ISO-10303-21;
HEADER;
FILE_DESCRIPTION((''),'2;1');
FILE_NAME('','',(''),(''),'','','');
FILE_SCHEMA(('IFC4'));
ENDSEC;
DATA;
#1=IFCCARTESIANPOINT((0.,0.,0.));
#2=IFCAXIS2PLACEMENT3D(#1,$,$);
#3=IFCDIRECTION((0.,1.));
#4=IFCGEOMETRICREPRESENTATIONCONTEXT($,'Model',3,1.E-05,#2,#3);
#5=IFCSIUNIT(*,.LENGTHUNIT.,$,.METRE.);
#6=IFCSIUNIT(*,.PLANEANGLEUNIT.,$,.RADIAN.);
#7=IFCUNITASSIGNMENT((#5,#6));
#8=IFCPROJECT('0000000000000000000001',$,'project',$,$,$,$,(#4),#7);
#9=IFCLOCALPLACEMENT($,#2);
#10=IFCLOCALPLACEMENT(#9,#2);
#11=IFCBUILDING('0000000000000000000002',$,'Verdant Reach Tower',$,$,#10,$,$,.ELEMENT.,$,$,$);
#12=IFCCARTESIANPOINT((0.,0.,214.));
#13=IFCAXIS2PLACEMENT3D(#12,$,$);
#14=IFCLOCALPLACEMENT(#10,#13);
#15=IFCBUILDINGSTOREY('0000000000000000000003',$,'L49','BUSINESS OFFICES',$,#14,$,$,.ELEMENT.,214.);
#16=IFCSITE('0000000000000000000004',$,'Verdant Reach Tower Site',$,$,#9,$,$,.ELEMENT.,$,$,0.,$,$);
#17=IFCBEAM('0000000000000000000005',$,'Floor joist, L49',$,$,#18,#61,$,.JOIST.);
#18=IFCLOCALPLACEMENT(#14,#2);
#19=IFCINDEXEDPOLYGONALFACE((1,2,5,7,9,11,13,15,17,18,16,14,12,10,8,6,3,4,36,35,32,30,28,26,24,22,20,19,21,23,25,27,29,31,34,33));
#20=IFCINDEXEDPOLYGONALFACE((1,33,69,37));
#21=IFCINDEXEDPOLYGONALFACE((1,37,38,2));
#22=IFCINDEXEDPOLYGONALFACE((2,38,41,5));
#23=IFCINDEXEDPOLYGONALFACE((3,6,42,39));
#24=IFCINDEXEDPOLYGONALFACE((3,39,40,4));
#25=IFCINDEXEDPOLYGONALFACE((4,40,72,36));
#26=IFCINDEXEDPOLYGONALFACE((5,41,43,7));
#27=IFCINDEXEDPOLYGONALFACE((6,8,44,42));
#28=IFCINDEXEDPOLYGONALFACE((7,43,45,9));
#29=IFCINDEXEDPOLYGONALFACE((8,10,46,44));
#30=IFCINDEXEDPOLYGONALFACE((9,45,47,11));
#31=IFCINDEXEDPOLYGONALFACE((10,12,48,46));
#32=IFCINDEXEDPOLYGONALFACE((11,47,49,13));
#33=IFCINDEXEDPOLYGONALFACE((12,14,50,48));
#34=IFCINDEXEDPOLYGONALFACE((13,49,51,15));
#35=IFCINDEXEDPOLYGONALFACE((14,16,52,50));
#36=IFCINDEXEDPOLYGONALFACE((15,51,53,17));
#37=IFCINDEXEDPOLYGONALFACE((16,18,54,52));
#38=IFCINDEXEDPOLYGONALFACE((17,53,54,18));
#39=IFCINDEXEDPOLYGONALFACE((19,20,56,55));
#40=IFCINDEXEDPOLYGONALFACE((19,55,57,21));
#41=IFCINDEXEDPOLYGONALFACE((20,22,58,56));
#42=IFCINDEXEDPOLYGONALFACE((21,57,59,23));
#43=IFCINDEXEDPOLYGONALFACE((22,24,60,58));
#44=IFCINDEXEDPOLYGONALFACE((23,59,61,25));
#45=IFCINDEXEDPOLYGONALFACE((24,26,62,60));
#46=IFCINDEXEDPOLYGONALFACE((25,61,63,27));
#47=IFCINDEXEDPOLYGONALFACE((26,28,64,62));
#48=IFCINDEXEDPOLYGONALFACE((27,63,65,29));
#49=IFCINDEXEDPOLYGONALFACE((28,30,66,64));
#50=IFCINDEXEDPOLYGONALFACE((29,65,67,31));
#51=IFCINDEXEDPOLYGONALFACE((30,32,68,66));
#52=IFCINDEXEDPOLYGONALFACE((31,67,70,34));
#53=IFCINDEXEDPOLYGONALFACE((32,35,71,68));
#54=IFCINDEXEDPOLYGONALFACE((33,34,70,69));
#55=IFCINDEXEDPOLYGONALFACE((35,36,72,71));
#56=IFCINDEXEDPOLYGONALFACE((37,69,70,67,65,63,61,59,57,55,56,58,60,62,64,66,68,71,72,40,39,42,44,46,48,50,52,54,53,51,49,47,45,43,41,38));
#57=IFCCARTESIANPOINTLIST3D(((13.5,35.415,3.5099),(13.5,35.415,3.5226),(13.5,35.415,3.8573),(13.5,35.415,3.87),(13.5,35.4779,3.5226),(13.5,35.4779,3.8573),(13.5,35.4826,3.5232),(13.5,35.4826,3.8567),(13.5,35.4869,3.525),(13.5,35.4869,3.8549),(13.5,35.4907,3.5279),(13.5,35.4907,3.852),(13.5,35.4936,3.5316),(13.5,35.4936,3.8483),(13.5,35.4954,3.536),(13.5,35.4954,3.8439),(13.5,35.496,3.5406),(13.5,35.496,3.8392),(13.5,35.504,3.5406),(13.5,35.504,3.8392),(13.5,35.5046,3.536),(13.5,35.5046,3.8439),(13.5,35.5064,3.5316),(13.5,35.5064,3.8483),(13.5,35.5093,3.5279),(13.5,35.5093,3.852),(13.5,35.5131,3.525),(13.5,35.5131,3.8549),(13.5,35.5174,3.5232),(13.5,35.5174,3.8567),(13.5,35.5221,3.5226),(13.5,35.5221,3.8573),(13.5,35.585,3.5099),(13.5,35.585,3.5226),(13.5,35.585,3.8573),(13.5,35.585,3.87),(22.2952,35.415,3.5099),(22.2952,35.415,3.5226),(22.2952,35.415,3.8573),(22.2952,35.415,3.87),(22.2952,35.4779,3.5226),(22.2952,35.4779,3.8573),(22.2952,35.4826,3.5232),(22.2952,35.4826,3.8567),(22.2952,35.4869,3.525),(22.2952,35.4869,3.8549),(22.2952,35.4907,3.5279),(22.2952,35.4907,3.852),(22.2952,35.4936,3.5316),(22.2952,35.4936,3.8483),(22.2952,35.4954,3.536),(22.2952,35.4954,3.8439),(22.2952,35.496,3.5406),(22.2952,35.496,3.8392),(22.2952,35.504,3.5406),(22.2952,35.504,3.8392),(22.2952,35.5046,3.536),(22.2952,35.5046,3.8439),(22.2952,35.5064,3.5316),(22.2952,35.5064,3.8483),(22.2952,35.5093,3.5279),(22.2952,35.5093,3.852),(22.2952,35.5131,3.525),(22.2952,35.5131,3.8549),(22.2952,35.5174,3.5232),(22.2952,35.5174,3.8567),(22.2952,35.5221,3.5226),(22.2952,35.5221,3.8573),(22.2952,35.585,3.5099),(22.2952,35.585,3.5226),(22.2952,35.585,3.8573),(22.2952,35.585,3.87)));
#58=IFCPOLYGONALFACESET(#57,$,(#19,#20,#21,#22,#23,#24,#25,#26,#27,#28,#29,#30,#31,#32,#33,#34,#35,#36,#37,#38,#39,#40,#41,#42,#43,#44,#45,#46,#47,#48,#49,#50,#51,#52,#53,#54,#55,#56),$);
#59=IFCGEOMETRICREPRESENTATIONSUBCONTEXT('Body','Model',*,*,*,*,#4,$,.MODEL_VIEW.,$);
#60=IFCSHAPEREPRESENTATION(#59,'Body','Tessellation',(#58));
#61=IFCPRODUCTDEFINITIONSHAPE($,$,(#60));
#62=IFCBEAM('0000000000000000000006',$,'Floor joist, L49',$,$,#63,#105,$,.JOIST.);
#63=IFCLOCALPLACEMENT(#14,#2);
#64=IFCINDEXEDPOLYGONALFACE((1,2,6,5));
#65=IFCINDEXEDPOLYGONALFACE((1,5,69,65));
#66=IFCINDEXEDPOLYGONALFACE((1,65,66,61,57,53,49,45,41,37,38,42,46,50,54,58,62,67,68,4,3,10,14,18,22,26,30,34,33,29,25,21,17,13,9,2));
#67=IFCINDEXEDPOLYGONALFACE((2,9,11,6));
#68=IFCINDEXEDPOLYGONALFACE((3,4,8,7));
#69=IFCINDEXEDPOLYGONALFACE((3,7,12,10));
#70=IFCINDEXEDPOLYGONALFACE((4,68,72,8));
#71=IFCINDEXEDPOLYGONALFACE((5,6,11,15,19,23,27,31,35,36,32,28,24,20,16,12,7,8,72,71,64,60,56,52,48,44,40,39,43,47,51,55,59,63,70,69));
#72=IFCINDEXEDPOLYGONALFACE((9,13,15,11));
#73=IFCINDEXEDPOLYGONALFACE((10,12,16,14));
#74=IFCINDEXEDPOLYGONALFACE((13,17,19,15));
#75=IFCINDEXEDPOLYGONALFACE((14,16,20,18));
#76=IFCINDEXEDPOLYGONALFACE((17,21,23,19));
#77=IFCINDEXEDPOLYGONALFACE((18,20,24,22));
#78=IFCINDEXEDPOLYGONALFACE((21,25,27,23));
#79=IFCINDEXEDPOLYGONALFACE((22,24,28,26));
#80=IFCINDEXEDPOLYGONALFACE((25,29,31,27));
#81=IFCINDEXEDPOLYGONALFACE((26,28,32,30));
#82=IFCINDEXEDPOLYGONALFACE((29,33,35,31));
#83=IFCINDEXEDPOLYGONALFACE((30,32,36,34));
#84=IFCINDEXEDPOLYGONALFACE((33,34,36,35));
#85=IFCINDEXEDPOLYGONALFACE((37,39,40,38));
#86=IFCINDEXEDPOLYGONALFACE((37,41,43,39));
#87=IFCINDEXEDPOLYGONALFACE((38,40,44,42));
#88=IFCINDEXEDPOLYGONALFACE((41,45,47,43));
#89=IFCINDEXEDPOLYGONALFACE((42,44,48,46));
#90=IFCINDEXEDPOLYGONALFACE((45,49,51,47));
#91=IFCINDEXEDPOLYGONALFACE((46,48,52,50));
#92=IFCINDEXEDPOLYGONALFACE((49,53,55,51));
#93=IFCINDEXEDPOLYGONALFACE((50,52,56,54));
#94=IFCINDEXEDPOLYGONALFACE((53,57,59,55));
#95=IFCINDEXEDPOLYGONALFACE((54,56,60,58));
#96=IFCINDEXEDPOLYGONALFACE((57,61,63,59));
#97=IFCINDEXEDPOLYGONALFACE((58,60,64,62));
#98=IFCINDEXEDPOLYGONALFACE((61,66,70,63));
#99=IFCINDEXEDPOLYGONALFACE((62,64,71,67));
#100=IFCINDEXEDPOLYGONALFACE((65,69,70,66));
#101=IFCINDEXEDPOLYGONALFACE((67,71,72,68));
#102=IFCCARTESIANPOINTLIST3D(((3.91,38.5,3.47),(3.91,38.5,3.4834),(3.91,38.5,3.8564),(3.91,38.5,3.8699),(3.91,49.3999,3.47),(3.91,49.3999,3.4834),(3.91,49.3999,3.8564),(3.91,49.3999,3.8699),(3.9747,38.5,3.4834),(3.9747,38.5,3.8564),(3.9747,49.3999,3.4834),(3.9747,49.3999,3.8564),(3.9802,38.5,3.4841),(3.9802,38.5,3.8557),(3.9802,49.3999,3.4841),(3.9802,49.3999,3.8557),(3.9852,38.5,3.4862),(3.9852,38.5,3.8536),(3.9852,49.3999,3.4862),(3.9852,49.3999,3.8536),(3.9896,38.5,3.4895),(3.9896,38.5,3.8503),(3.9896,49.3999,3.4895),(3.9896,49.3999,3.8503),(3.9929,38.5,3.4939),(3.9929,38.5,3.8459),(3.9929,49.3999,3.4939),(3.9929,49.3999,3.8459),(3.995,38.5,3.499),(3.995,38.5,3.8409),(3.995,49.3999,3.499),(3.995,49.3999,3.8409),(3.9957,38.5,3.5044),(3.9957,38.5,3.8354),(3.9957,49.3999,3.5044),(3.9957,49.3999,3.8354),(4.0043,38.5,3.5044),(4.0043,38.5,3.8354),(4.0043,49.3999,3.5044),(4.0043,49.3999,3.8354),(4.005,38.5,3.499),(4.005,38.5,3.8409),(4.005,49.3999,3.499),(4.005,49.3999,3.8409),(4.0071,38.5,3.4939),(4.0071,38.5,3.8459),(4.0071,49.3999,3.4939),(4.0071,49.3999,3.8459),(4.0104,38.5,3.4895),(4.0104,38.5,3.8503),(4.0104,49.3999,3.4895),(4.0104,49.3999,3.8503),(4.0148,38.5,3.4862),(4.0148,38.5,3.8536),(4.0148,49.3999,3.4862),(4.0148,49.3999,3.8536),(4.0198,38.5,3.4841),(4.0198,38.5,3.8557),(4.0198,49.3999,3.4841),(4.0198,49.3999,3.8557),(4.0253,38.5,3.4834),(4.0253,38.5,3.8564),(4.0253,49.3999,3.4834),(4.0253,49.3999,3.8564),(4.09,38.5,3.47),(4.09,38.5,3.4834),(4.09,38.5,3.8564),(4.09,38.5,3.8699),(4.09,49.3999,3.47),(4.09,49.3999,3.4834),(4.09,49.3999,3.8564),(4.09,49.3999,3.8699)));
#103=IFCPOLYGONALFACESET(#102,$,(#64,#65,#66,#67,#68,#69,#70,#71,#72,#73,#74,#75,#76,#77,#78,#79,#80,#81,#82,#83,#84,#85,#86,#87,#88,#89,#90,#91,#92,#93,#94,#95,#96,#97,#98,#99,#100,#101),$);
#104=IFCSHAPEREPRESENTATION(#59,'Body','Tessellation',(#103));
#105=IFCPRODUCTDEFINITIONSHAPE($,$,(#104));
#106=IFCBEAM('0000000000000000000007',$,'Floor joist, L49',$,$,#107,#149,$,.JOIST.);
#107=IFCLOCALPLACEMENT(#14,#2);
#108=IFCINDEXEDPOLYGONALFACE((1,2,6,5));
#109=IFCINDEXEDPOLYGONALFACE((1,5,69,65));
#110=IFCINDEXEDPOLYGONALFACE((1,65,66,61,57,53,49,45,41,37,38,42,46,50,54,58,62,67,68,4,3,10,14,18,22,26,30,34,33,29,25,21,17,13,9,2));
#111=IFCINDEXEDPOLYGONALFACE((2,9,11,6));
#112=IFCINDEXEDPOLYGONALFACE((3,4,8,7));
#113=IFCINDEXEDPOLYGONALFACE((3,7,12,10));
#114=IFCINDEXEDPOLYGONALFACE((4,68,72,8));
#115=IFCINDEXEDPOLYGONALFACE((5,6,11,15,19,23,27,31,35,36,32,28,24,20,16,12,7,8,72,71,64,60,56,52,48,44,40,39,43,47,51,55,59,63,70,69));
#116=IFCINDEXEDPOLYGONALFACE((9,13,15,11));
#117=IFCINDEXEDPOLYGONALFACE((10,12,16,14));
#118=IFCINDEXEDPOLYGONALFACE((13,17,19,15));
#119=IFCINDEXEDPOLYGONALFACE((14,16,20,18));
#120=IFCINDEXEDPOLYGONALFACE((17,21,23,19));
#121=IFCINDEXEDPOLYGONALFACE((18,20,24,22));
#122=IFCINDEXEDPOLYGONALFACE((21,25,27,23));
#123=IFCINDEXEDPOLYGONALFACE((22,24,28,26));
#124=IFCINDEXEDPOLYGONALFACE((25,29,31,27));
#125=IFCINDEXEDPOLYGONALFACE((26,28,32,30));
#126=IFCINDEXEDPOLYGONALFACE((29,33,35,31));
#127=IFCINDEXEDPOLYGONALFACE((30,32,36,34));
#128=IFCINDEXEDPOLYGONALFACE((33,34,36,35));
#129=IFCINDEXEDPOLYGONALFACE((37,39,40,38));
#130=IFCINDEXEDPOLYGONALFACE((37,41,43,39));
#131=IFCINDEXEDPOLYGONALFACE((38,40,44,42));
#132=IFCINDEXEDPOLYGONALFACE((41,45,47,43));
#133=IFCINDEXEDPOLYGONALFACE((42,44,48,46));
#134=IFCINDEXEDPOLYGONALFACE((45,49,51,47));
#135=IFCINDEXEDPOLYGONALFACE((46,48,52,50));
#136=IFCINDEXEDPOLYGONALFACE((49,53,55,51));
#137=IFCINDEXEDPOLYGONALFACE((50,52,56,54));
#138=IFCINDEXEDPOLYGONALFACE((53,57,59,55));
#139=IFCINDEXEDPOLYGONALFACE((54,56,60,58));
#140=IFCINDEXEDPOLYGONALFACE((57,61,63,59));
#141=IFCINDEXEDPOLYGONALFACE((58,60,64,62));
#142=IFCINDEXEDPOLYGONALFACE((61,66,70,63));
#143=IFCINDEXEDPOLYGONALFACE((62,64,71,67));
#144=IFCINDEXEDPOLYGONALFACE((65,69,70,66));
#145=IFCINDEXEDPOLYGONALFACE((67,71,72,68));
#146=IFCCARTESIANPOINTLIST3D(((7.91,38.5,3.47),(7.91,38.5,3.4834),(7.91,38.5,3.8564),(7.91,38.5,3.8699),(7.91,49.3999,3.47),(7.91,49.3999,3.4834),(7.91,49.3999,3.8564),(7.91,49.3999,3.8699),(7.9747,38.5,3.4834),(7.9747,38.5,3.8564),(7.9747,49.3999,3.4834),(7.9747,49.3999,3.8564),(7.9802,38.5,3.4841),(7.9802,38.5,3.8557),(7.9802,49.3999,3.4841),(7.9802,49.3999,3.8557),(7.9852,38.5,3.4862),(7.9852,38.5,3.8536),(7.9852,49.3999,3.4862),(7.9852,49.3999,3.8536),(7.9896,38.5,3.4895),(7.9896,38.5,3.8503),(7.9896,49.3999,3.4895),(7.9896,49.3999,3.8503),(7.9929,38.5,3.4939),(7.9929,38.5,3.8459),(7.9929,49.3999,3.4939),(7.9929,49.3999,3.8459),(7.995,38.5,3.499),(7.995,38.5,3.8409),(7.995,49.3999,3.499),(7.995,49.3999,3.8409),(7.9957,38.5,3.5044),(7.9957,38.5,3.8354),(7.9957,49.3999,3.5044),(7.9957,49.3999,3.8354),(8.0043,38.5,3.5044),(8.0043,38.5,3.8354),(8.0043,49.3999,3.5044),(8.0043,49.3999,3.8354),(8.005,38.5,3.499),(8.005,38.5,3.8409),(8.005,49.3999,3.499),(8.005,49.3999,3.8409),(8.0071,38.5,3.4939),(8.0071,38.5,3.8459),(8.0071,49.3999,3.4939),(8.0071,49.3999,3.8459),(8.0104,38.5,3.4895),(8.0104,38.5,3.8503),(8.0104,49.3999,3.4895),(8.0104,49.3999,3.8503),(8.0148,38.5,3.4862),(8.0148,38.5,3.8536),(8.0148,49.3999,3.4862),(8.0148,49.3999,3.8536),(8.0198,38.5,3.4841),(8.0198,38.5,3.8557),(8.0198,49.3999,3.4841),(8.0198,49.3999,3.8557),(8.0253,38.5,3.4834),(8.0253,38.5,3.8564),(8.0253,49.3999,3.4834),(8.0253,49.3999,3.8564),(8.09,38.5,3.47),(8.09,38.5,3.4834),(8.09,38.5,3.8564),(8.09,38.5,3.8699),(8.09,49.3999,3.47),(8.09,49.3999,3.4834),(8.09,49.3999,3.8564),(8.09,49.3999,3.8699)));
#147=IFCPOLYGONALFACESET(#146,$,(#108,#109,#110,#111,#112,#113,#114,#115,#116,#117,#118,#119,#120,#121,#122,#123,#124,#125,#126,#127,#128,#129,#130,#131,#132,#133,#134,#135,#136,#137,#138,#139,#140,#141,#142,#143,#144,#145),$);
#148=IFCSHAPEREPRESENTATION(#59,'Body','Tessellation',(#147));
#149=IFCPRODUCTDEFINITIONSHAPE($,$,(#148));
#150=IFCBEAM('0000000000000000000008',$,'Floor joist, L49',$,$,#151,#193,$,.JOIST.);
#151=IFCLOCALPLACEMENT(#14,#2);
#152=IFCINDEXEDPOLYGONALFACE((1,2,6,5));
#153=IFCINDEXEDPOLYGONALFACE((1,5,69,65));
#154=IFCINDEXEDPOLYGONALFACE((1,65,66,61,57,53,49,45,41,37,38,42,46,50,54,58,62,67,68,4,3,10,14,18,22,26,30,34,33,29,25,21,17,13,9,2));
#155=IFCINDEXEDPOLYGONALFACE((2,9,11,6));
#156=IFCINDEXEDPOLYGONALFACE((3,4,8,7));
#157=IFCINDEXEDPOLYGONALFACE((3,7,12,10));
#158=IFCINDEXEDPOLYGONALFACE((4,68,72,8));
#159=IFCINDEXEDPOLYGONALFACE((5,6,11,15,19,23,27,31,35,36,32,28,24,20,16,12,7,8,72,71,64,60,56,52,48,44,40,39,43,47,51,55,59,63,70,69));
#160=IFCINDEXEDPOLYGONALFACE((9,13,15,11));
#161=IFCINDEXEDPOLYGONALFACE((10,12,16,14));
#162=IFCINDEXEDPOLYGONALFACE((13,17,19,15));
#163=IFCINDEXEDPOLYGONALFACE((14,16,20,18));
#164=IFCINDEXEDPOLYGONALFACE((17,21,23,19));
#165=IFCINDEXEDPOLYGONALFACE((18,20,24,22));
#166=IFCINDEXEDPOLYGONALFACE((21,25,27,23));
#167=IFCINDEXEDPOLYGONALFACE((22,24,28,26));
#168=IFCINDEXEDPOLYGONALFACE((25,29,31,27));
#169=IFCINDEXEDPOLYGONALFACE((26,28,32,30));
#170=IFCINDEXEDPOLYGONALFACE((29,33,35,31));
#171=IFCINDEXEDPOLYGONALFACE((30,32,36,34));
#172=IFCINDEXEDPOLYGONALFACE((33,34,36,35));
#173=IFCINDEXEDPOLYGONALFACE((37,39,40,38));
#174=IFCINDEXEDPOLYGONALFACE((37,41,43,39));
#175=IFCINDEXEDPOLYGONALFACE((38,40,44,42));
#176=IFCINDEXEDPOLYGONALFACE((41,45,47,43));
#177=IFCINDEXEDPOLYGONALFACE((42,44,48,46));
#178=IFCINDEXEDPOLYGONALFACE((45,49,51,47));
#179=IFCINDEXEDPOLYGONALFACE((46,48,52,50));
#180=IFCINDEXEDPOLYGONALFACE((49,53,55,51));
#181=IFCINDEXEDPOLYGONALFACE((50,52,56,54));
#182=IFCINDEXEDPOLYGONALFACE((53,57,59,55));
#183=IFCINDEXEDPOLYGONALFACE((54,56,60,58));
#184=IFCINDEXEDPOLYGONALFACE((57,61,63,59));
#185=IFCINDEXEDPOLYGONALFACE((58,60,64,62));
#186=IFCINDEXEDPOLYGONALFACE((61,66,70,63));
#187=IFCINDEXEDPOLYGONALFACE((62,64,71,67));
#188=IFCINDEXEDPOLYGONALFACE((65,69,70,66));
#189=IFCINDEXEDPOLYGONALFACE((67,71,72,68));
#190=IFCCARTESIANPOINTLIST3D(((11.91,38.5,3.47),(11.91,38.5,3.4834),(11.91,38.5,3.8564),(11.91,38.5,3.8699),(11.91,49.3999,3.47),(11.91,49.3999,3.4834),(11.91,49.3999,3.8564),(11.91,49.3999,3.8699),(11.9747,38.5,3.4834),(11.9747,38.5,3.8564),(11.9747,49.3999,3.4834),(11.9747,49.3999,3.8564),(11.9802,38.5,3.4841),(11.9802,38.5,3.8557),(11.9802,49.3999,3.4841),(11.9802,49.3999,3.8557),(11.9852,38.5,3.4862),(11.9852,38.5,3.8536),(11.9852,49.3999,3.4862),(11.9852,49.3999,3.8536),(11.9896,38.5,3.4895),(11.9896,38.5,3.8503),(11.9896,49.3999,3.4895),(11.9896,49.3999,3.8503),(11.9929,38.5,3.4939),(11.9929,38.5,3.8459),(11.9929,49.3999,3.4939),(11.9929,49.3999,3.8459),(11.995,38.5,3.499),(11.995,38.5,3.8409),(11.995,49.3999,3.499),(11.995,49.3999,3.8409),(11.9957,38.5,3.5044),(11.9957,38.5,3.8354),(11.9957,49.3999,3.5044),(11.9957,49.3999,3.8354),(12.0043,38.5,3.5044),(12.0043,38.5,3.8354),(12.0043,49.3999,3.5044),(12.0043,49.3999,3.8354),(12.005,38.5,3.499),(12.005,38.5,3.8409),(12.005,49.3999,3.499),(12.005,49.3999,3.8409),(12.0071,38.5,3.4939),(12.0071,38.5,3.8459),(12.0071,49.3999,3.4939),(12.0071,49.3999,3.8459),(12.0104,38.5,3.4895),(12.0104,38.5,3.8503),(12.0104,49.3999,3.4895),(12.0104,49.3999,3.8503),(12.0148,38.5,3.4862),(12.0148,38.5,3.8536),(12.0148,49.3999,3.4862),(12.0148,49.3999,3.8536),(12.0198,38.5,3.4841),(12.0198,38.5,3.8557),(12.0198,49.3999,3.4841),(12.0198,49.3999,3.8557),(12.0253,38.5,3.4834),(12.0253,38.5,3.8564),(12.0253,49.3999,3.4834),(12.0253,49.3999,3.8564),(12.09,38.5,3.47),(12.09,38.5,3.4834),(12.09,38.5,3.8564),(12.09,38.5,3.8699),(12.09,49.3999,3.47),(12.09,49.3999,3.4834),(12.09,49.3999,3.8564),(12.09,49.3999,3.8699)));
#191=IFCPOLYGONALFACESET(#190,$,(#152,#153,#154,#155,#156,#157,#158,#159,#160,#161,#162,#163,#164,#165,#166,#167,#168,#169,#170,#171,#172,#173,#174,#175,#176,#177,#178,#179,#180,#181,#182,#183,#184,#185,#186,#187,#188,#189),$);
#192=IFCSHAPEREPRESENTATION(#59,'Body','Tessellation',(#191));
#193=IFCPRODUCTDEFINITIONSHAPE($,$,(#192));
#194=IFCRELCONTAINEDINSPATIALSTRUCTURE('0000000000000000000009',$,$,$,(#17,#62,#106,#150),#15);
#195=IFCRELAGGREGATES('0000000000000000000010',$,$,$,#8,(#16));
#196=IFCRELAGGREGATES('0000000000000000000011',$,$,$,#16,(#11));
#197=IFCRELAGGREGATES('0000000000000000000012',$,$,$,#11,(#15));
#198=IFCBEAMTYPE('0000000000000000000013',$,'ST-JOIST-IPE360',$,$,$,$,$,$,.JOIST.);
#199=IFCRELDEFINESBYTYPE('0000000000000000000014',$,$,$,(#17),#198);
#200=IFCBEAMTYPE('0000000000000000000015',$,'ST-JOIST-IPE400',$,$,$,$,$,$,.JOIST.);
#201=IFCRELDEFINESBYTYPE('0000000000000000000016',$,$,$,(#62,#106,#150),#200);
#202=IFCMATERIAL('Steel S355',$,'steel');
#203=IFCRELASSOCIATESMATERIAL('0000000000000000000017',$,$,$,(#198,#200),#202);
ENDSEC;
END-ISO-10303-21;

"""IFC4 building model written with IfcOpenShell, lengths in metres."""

from ifc_helpers import new_model, si_unit, direction, frame, origin, origin_2d, place, context, subcontext, project, spatial, i_section, extrude, material, material_profile, profile_set, type_object, element, save


model = new_model("IFC4")

# Units and contexts
model_context = context("Model", 3, precision=1e-05, world=origin(), true_north=direction((0.0, 1.0)))
body_context = subcontext(model_context, "Body", "Model", "MODEL_VIEW")
ifc_project = project(units=[si_unit("LENGTHUNIT", "METRE"), si_unit("PLANEANGLEUNIT", "RADIAN")], contexts=[model_context])

# Site, building, storey
site_placement = place(None, origin())
site = spatial("IfcSite", under=ifc_project, at=site_placement, Name="Verdant Reach Tower Site", CompositionType="ELEMENT", RefElevation=0.0)
building_placement = place(site_placement, origin())
building = spatial("IfcBuilding", under=site, at=building_placement, Name="Verdant Reach Tower", CompositionType="ELEMENT")
storey_placement = place(building_placement, frame((0.0, 0.0, 214.0)))
storey = spatial("IfcBuildingStorey", under=building, at=storey_placement, Name="L49", Description="BUSINESS OFFICES", CompositionType="ELEMENT", Elevation=214.0)

# Beams
ifc_material_1 = material(Name="Steel S355", Category="steel")
ifc_material_profile_1 = material_profile(ifc_material_1, i_section(OverallWidth=0.1699, OverallDepth=0.3601, WebThickness=0.0081, FlangeThickness=0.0127, FilletRadius=0.0181, at=origin_2d()), Name="IPE 360")
ifc_profile_set_1 = profile_set([ifc_material_profile_1], Name="Steel S355")
beam_type_1 = type_object("IfcBeamType", Name="ST-JOIST-IPE360", PredefinedType="JOIST", material=ifc_profile_set_1)
beam_placement = place(storey_placement, frame((13.5, 35.5, 3.6899), z_axis=(1.0, 0.0, 0.0), x_axis=(0.0, 1.0, 0.0)))
element("IfcBeam", 1, at=beam_placement, inside=storey, type_object=beam_type_1, Name="Floor joist, L49", PredefinedType="JOIST", context=body_context, shape_type="SweptSolid", body=[
    extrude(i_section(OverallWidth=0.1699, OverallDepth=0.3601, WebThickness=0.0081, FlangeThickness=0.0127, FilletRadius=0.0181, at=origin_2d()), origin(), (0.0, 0.0, 1.0), 8.7952),
])
ifc_material_profile_2 = material_profile(ifc_material_1, i_section(OverallWidth=0.1799, OverallDepth=0.3999, WebThickness=0.0085, FlangeThickness=0.0134, FilletRadius=0.021, at=origin_2d()), Name="IPE 400")
ifc_profile_set_2 = profile_set([ifc_material_profile_2], Name="Steel S355")
beam_type_2 = type_object("IfcBeamType", Name="ST-JOIST-IPE400", PredefinedType="JOIST", material=ifc_profile_set_2)
for number, where, z_axis, x_axis, name in (
    (2, (4.0, 38.5, 3.6699), (0.0, 1.0, 0.0), (-1.0, 0.0, 0.0), "Floor joist, L49"),
    (3, (8.0, 38.5, 3.6699), (0.0, 1.0, 0.0), (-1.0, 0.0, 0.0), "Floor joist, L49"),
    (4, (12.0, 38.5, 3.6699), (0.0, 1.0, 0.0), (-1.0, 0.0, 0.0), "Floor joist, L49"),
):
    element("IfcBeam", number, at=place(storey_placement, frame(where, z_axis=z_axis, x_axis=x_axis)), inside=storey, type_object=beam_type_2, Name=name, PredefinedType="JOIST", context=body_context, shape_type="SweptSolid", body=[
        extrude(i_section(OverallWidth=0.1799, OverallDepth=0.3999, WebThickness=0.0085, FlangeThickness=0.0134, FilletRadius=0.021, at=origin_2d()), origin(), (0.0, 0.0, 1.0), 10.8999),
    ])

save(model, "model.ifc")
